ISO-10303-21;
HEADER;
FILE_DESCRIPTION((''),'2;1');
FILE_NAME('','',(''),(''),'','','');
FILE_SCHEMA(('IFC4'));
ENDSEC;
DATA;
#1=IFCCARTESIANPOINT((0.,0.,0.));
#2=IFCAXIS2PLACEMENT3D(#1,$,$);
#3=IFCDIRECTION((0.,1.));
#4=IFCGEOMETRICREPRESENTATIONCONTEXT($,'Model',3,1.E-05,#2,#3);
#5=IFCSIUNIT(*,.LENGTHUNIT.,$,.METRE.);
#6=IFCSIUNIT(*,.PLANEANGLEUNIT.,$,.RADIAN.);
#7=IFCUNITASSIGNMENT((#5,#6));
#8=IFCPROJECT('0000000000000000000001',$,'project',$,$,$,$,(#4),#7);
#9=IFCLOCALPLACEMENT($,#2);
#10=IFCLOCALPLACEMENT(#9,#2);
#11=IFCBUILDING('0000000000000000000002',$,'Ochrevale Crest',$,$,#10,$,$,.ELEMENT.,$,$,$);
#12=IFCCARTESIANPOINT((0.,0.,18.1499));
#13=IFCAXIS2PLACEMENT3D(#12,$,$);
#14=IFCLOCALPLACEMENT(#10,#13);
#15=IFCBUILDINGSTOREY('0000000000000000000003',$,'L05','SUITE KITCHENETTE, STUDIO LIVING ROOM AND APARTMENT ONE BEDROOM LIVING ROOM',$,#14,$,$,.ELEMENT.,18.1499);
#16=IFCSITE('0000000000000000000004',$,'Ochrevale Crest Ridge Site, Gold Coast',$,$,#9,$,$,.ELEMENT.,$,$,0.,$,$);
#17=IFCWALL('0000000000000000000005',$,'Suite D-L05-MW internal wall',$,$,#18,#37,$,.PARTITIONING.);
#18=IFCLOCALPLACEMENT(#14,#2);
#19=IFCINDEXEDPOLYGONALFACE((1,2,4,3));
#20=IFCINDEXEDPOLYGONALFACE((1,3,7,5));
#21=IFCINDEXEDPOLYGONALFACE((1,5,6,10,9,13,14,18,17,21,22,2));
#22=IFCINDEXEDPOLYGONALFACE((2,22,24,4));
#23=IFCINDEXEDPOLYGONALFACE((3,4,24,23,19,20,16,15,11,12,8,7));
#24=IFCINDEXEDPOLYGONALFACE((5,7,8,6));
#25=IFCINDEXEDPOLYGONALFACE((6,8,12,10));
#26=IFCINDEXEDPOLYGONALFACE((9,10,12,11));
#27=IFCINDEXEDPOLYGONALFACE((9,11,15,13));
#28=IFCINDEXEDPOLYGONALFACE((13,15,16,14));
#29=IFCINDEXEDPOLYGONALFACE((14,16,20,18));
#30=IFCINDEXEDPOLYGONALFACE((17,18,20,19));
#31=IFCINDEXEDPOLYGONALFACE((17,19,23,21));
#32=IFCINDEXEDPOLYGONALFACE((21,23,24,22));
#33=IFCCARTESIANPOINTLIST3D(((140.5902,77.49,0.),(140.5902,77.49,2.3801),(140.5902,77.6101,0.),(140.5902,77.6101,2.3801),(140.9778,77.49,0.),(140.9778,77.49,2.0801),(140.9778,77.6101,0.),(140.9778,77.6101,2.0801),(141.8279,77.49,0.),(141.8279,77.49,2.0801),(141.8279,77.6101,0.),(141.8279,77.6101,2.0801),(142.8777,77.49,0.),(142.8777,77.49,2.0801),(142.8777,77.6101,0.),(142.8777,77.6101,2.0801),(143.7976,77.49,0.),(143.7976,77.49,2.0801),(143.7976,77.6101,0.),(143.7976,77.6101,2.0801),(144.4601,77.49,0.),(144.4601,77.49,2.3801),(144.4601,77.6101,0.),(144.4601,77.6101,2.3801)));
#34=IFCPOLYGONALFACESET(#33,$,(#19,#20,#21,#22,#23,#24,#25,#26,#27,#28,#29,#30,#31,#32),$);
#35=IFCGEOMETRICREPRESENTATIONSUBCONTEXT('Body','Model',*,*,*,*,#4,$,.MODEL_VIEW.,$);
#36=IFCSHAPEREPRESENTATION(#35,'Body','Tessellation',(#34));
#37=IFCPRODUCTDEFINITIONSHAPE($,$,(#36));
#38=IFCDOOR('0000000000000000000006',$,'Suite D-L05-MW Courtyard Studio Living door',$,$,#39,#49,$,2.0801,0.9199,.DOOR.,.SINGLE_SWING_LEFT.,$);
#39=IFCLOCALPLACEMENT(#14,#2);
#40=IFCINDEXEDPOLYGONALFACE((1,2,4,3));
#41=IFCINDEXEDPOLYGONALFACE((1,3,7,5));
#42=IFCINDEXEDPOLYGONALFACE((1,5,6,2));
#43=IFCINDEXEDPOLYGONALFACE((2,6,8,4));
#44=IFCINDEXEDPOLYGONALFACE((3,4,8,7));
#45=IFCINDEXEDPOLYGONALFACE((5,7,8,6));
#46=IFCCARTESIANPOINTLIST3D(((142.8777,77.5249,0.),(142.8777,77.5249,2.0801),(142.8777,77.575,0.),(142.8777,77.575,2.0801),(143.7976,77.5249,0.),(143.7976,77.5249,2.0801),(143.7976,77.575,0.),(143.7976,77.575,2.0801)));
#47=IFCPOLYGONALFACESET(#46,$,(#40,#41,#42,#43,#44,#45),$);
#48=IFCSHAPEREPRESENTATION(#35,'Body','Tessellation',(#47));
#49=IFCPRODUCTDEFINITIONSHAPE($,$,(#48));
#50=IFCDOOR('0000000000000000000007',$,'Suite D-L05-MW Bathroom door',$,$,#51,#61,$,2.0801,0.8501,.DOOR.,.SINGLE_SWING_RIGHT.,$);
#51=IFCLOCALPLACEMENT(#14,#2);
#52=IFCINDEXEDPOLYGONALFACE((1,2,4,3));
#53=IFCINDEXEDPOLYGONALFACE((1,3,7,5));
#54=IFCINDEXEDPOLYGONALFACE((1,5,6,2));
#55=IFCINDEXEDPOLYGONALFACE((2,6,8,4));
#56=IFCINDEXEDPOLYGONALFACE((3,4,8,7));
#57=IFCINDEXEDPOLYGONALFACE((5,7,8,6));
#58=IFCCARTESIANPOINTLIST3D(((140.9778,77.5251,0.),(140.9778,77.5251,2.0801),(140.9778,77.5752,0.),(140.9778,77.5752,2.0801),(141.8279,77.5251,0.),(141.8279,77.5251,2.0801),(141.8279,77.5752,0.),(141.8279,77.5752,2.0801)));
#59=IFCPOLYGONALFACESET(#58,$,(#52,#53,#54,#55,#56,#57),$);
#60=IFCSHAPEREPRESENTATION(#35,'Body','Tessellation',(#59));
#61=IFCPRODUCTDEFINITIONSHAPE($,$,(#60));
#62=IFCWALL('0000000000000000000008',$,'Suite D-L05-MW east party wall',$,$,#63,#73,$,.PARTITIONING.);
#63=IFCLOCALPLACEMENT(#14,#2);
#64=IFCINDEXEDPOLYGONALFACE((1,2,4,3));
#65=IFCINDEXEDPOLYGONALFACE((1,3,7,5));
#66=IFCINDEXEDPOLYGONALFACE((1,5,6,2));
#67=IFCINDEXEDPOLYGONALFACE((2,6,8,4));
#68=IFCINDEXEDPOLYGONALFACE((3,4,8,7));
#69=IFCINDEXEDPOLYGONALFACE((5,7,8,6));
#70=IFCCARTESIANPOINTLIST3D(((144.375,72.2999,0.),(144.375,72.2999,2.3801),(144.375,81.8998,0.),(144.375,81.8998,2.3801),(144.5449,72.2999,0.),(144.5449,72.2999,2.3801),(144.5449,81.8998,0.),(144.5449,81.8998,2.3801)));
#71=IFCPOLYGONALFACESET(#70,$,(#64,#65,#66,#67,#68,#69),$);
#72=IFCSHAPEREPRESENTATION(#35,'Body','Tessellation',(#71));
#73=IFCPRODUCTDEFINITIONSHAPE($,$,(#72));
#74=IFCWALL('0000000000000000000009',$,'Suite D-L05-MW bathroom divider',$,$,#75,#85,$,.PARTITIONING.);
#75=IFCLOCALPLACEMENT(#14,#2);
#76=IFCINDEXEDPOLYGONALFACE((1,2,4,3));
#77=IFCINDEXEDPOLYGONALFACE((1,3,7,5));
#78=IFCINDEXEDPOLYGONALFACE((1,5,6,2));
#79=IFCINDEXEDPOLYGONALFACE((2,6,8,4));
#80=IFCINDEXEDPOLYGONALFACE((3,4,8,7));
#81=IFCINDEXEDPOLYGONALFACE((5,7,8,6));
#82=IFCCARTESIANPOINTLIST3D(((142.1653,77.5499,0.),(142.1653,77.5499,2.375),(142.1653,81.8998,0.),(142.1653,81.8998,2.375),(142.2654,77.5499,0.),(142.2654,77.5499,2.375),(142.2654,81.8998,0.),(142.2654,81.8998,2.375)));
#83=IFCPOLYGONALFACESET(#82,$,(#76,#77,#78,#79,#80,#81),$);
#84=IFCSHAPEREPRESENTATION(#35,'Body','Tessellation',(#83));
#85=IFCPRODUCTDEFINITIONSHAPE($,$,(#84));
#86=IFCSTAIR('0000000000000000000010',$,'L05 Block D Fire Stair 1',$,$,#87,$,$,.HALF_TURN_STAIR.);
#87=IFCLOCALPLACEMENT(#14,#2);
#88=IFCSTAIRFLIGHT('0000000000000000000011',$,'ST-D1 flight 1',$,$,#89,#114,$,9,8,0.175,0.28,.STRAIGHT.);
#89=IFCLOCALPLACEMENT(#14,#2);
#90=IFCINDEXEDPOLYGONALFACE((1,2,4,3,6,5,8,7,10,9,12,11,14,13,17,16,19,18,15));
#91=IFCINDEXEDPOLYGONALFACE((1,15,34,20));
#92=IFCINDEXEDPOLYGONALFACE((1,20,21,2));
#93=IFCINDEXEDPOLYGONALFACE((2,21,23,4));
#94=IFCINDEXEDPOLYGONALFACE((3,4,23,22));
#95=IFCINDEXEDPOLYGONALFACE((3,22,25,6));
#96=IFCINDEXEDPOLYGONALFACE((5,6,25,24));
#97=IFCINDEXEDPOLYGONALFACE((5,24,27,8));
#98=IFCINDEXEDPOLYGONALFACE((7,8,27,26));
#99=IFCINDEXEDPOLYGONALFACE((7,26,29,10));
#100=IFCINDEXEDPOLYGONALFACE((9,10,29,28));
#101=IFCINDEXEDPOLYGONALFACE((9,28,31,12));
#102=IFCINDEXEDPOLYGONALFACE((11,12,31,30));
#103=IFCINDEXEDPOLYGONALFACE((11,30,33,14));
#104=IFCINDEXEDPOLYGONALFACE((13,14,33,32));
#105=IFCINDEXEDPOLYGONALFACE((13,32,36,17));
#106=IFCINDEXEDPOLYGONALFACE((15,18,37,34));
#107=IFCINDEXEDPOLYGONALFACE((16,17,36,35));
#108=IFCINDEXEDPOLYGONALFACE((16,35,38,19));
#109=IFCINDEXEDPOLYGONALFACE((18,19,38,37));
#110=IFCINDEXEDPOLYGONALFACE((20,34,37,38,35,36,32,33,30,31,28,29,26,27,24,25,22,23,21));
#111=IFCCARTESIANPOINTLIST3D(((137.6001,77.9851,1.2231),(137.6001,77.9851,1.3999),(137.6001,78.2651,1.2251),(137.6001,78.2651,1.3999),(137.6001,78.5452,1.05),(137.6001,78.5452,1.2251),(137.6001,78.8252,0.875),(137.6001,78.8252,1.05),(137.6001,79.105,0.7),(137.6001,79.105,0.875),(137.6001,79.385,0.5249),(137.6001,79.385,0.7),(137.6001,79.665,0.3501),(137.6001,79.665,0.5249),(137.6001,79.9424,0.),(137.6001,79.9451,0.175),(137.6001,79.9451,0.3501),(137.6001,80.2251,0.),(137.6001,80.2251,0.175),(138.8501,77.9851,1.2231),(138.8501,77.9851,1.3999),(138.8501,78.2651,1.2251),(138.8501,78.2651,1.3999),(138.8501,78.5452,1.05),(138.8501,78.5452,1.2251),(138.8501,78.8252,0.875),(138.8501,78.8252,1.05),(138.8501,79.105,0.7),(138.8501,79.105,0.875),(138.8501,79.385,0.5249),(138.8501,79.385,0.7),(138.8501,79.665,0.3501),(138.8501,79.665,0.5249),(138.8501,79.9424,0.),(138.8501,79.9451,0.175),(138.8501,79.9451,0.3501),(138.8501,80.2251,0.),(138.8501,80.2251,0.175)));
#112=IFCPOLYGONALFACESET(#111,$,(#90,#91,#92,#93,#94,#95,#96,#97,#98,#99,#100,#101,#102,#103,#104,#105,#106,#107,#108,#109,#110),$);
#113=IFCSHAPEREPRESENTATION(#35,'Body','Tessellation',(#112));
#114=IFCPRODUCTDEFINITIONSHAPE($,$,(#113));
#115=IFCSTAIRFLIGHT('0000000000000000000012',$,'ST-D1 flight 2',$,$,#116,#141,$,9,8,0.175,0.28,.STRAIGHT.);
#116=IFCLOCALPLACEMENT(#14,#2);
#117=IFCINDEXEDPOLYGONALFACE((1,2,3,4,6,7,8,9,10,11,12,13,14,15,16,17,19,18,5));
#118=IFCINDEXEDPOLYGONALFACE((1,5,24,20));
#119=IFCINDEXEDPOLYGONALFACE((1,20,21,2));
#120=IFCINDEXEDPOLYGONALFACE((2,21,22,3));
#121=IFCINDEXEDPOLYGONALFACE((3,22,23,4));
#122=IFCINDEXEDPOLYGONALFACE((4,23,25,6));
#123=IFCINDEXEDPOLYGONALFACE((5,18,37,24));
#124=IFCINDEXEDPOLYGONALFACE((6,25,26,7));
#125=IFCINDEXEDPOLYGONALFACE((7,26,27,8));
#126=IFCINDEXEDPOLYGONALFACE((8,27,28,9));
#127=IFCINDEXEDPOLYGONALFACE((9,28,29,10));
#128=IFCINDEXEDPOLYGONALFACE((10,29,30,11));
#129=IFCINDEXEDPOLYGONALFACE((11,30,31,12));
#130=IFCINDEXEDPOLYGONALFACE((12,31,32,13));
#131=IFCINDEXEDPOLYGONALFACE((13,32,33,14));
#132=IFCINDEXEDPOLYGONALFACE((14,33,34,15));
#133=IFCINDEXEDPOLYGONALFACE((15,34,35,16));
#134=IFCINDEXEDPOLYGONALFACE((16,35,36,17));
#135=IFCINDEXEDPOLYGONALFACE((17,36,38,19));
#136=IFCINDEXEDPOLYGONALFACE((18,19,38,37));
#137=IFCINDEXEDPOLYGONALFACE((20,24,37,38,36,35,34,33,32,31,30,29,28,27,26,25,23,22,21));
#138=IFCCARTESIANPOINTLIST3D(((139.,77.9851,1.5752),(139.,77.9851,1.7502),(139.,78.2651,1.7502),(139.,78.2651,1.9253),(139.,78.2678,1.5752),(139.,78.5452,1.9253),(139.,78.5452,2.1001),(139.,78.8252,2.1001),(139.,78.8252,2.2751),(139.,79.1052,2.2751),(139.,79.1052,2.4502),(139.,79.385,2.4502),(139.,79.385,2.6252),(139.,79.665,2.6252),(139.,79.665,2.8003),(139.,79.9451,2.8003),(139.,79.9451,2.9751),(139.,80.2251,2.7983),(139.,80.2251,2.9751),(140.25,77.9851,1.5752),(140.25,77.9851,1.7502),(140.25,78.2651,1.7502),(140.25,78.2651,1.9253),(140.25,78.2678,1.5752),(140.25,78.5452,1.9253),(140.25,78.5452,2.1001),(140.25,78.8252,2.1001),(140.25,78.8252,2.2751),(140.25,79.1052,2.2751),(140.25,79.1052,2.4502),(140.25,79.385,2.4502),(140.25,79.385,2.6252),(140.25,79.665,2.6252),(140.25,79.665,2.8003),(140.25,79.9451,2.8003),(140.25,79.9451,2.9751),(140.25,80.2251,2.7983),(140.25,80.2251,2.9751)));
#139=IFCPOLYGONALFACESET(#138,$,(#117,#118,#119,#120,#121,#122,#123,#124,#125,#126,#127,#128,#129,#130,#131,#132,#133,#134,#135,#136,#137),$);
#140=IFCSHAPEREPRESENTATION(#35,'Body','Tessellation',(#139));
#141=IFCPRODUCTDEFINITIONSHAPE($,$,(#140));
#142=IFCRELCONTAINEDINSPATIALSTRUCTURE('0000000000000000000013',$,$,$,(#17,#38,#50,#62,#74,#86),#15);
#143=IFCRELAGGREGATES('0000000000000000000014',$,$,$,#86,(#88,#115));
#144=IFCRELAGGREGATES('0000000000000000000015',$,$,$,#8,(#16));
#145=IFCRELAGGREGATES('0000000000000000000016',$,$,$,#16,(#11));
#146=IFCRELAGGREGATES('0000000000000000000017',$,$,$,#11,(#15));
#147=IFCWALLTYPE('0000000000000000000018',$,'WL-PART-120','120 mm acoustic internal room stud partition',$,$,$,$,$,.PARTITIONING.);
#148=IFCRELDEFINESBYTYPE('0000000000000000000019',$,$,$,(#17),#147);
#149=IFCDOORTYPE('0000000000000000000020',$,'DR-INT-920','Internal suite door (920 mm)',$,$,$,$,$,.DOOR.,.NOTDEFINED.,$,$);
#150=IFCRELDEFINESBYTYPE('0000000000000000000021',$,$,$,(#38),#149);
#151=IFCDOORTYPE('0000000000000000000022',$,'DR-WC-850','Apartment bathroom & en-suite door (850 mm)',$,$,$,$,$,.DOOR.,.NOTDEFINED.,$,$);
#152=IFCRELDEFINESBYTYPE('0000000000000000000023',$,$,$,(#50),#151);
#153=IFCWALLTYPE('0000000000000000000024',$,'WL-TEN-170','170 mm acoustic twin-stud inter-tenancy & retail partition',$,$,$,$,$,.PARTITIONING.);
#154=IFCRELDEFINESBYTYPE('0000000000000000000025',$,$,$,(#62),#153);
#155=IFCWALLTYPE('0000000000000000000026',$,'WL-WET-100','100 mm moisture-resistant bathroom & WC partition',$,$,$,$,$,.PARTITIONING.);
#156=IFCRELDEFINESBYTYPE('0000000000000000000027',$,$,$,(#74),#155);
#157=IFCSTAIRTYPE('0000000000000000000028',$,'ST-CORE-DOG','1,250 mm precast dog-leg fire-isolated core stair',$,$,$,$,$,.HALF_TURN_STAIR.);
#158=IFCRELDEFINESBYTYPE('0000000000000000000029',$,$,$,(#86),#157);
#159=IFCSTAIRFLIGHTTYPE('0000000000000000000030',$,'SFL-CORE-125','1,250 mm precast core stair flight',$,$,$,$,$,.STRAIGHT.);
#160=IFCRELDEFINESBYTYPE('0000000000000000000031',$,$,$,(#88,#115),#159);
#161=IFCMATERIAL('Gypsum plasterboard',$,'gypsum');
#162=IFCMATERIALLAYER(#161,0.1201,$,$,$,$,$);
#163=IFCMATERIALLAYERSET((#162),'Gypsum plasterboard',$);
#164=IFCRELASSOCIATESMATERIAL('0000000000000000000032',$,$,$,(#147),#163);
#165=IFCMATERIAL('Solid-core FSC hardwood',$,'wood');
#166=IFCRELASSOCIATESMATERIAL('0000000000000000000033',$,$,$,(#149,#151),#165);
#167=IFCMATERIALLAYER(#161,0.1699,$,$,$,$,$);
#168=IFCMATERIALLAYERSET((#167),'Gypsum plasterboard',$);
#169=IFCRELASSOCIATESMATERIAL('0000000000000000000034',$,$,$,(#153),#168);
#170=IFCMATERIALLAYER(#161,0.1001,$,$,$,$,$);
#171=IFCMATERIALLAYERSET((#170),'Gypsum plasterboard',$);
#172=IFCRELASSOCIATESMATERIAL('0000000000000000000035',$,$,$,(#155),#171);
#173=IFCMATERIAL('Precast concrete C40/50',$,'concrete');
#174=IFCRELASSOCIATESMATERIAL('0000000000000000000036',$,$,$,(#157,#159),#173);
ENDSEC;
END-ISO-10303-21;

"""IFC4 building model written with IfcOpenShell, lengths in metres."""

from ifc_helpers import new_model, si_unit, direction, frame, frame_2d, origin, place, context, subcontext, project, spatial, polyline, rectangle, outline, extrude, material, layer, layer_set, type_object, element, fill, aggregate, save


model = new_model("IFC4")

# Units and contexts
model_context = context("Model", 3, precision=1e-05, world=origin(), true_north=direction((0.0, 1.0)))
body_context = subcontext(model_context, "Body", "Model", "MODEL_VIEW")
ifc_project = project(units=[si_unit("LENGTHUNIT", "METRE"), si_unit("PLANEANGLEUNIT", "RADIAN")], contexts=[model_context])

# Site, building, storey
site_placement = place(None, origin())
site = spatial("IfcSite", under=ifc_project, at=site_placement, Name="Ochrevale Crest Ridge Site, Gold Coast", CompositionType="ELEMENT", RefElevation=0.0)
building_placement = place(site_placement, origin())
building = spatial("IfcBuilding", under=site, at=building_placement, Name="Ochrevale Crest", CompositionType="ELEMENT")
storey_placement = place(building_placement, frame((0.0, 0.0, 18.1499)))
storey = spatial("IfcBuildingStorey", under=building, at=storey_placement, Name="L05", Description="SUITE KITCHENETTE, STUDIO LIVING ROOM AND APARTMENT ONE BEDROOM LIVING ROOM", CompositionType="ELEMENT", Elevation=18.1499)

# Wall, openings, doors
ifc_material_1 = material(Name="Gypsum plasterboard", Category="gypsum")
ifc_layer_1 = layer(ifc_material_1, 0.1201)
ifc_layer_set_1 = layer_set([ifc_layer_1], Name="Gypsum plasterboard")
wall_type_1 = type_object("IfcWallType", Name="WL-PART-120", Description="120 mm acoustic internal room stud partition", PredefinedType="PARTITIONING", material=ifc_layer_set_1)
wall_1_placement = place(storey_placement, frame((140.5901, 77.55, 0.0), z_axis=(0.0, 0.0, 1.0), x_axis=(1.0, 0.0, 0.0)))
wall_1 = element("IfcWall", 1, at=wall_1_placement, inside=storey, type_object=wall_type_1, Name="Suite D-L05-MW internal wall", PredefinedType="PARTITIONING", context=body_context, shape_type="SweptSolid", body=[
    extrude(rectangle(XDim=3.8699, YDim=0.1201, at=frame_2d((1.9351, 0.0))), origin(), (0.0, 0.0, 1.0), 2.3801),
])
opening_1_placement = place(wall_1_placement, frame((1.2378, 0.0, 0.0), z_axis=(0.0, 0.0, 1.0), x_axis=(-1.0, 0.0, 0.0)))
opening_1 = element("IfcOpeningElement", 2, at=opening_1_placement, cuts=wall_1, PredefinedType="OPENING", context=body_context, shape_type="SweptSolid", body=[
    extrude(rectangle(XDim=0.8501, YDim=2.0801, at=frame_2d((0.425, 1.04))), frame((0.0, 0.0701, 0.0), z_axis=(0.0, -1.0, 0.0), x_axis=(1.0, 0.0, 0.0)), (0.0, 0.0, 1.0), 0.1401),
])
opening_2_placement = place(wall_1_placement, frame((2.2876, 0.0, 0.0)))
opening_2 = element("IfcOpeningElement", 3, at=opening_2_placement, cuts=wall_1, PredefinedType="OPENING", context=body_context, shape_type="SweptSolid", body=[
    extrude(rectangle(XDim=0.9199, YDim=2.0801, at=frame_2d((0.46, 1.04))), frame((0.0, 0.0701, 0.0), z_axis=(0.0, -1.0, 0.0), x_axis=(1.0, 0.0, 0.0)), (0.0, 0.0, 1.0), 0.1401),
])
ifc_material_2 = material(Name="Solid-core FSC hardwood", Category="wood")
door_type_1 = type_object("IfcDoorType", Name="DR-INT-920", Description="Internal suite door (920 mm)", OperationType="NOTDEFINED", PredefinedType="DOOR", material=ifc_material_2)
door_1_placement = place(opening_2_placement, origin())
door_1 = element("IfcDoor", 4, at=door_1_placement, inside=storey, type_object=door_type_1, Name="Suite D-L05-MW Courtyard Studio Living door", OperationType="SINGLE_SWING_LEFT", OverallHeight=2.0801, OverallWidth=0.9199, PredefinedType="DOOR", context=body_context, shape_type="SweptSolid", body=[
    extrude(rectangle(XDim=0.9199, YDim=2.0801, at=frame_2d((0.46, 1.04))), frame((0.0, 0.0249, 0.0), z_axis=(0.0, -1.0, 0.0), x_axis=(1.0, 0.0, 0.0)), (0.0, 0.0, 1.0), 0.05),
])
fill(opening_2, door_1)
door_type_2 = type_object("IfcDoorType", Name="DR-WC-850", Description="Apartment bathroom & en-suite door (850 mm)", OperationType="NOTDEFINED", PredefinedType="DOOR", material=ifc_material_2)
door_2_placement = place(opening_1_placement, origin())
door_2 = element("IfcDoor", 5, at=door_2_placement, inside=storey, type_object=door_type_2, Name="Suite D-L05-MW Bathroom door", OperationType="SINGLE_SWING_RIGHT", OverallHeight=2.0801, OverallWidth=0.8501, PredefinedType="DOOR", context=body_context, shape_type="SweptSolid", body=[
    extrude(rectangle(XDim=0.8501, YDim=2.0801, at=frame_2d((0.425, 1.04))), frame((0.0, 0.0249, 0.0), z_axis=(0.0, -1.0, 0.0), x_axis=(1.0, 0.0, 0.0)), (0.0, 0.0, 1.0), 0.05),
])
fill(opening_1, door_2)

# Walls
ifc_layer_2 = layer(ifc_material_1, 0.1699)
ifc_layer_set_2 = layer_set([ifc_layer_2], Name="Gypsum plasterboard")
wall_type_2 = type_object("IfcWallType", Name="WL-TEN-170", Description="170 mm acoustic twin-stud inter-tenancy & retail partition", PredefinedType="PARTITIONING", material=ifc_layer_set_2)
wall_2_placement = place(storey_placement, frame((144.46, 72.3, 0.0), z_axis=(0.0, 0.0, 1.0), x_axis=(0.0, 1.0, 0.0)))
element("IfcWall", 6, at=wall_2_placement, inside=storey, type_object=wall_type_2, Name="Suite D-L05-MW east party wall", PredefinedType="PARTITIONING", context=body_context, shape_type="SweptSolid", body=[
    extrude(rectangle(XDim=9.5999, YDim=0.1699, at=frame_2d((4.7998, 0.0))), origin(), (0.0, 0.0, 1.0), 2.3801),
])
ifc_layer_3 = layer(ifc_material_1, 0.1001)
ifc_layer_set_3 = layer_set([ifc_layer_3], Name="Gypsum plasterboard")
wall_type_3 = type_object("IfcWallType", Name="WL-WET-100", Description="100 mm moisture-resistant bathroom & WC partition", PredefinedType="PARTITIONING", material=ifc_layer_set_3)
wall_3_placement = place(storey_placement, frame((142.2153, 77.55, 0.0), z_axis=(0.0, 0.0, 1.0), x_axis=(0.0, 1.0, 0.0)))
element("IfcWall", 7, at=wall_3_placement, inside=storey, type_object=wall_type_3, Name="Suite D-L05-MW bathroom divider", PredefinedType="PARTITIONING", context=body_context, shape_type="SweptSolid", body=[
    extrude(rectangle(XDim=4.3499, YDim=0.1001, at=frame_2d((2.1748, 0.0))), origin(), (0.0, 0.0, 1.0), 2.375),
])

# Stair, stair flights
ifc_material_3 = material(Name="Precast concrete C40/50", Category="concrete")
stair_type = type_object("IfcStairType", Name="ST-CORE-DOG", Description="1,250 mm precast dog-leg fire-isolated core stair", PredefinedType="HALF_TURN_STAIR", material=ifc_material_3)
stair_placement = place(storey_placement, origin())
stair = element("IfcStair", 8, at=stair_placement, inside=storey, type_object=stair_type, Name="L05 Block D Fire Stair 1", PredefinedType="HALF_TURN_STAIR")
stair_flight_type = type_object("IfcStairFlightType", Name="SFL-CORE-125", Description="1,250 mm precast core stair flight", PredefinedType="STRAIGHT", material=ifc_material_3)
stair_flight_1_placement = place(storey_placement, frame((138.2251, 80.2251, 0.0), z_axis=(0.0, 0.0, 1.0), x_axis=(0.0, -1.0, 0.0)))
stair_flight_1 = element("IfcStairFlight", 9, at=stair_flight_1_placement, type_object=stair_flight_type, Name="ST-D1 flight 1", NumberOfRisers=9, NumberOfTreads=8, PredefinedType="STRAIGHT", RiserHeight=0.175, TreadLength=0.28, context=body_context, shape_type="SweptSolid", body=[
    extrude(outline(polyline([(0.0, 0.0), (0.0, 0.175), (0.28, 0.175), (0.28, 0.3501), (0.5601, 0.3501), (0.5601, 0.5249), (0.8401, 0.5249), (0.8401, 0.7), (1.1201, 0.7), (1.1201, 0.875), (1.3999, 0.875), (1.3999, 1.05), (1.6799, 1.05), (1.6799, 1.2251), (1.96, 1.2251), (1.96, 1.3999), (2.24, 1.3999), (2.24, 1.575), (2.24, 1.2231), (0.2827, 0.0), (0.0, 0.0)])), frame((0.0, 0.625, 0.0), z_axis=(0.0, -1.0, 0.0), x_axis=(1.0, 0.0, 0.0)), (0.0, 0.0, 1.0), 1.25),
])
stair_flight_2_placement = place(storey_placement, frame((139.625, 77.9851, 1.5752), z_axis=(0.0, 0.0, 1.0), x_axis=(0.0, 1.0, 0.0)))
stair_flight_2 = element("IfcStairFlight", 10, at=stair_flight_2_placement, type_object=stair_flight_type, Name="ST-D1 flight 2", NumberOfRisers=9, NumberOfTreads=8, PredefinedType="STRAIGHT", RiserHeight=0.175, TreadLength=0.28, context=body_context, shape_type="SweptSolid", body=[
    extrude(outline(polyline([(0.0, 0.0), (0.0, 0.175), (0.28, 0.175), (0.28, 0.3501), (0.5601, 0.3501), (0.5601, 0.5249), (0.8401, 0.5249), (0.8401, 0.7), (1.1201, 0.7), (1.1201, 0.875), (1.3999, 0.875), (1.3999, 1.05), (1.6799, 1.05), (1.6799, 1.2251), (1.96, 1.2251), (1.96, 1.3999), (2.24, 1.3999), (2.24, 1.575), (2.24, 1.2231), (0.2827, 0.0), (0.0, 0.0)])), frame((0.0, 0.625, 0.0), z_axis=(0.0, -1.0, 0.0), x_axis=(1.0, 0.0, 0.0)), (0.0, 0.0, 1.0), 1.25),
])
aggregate(stair, [stair_flight_1, stair_flight_2])

save(model, "model.ifc")
